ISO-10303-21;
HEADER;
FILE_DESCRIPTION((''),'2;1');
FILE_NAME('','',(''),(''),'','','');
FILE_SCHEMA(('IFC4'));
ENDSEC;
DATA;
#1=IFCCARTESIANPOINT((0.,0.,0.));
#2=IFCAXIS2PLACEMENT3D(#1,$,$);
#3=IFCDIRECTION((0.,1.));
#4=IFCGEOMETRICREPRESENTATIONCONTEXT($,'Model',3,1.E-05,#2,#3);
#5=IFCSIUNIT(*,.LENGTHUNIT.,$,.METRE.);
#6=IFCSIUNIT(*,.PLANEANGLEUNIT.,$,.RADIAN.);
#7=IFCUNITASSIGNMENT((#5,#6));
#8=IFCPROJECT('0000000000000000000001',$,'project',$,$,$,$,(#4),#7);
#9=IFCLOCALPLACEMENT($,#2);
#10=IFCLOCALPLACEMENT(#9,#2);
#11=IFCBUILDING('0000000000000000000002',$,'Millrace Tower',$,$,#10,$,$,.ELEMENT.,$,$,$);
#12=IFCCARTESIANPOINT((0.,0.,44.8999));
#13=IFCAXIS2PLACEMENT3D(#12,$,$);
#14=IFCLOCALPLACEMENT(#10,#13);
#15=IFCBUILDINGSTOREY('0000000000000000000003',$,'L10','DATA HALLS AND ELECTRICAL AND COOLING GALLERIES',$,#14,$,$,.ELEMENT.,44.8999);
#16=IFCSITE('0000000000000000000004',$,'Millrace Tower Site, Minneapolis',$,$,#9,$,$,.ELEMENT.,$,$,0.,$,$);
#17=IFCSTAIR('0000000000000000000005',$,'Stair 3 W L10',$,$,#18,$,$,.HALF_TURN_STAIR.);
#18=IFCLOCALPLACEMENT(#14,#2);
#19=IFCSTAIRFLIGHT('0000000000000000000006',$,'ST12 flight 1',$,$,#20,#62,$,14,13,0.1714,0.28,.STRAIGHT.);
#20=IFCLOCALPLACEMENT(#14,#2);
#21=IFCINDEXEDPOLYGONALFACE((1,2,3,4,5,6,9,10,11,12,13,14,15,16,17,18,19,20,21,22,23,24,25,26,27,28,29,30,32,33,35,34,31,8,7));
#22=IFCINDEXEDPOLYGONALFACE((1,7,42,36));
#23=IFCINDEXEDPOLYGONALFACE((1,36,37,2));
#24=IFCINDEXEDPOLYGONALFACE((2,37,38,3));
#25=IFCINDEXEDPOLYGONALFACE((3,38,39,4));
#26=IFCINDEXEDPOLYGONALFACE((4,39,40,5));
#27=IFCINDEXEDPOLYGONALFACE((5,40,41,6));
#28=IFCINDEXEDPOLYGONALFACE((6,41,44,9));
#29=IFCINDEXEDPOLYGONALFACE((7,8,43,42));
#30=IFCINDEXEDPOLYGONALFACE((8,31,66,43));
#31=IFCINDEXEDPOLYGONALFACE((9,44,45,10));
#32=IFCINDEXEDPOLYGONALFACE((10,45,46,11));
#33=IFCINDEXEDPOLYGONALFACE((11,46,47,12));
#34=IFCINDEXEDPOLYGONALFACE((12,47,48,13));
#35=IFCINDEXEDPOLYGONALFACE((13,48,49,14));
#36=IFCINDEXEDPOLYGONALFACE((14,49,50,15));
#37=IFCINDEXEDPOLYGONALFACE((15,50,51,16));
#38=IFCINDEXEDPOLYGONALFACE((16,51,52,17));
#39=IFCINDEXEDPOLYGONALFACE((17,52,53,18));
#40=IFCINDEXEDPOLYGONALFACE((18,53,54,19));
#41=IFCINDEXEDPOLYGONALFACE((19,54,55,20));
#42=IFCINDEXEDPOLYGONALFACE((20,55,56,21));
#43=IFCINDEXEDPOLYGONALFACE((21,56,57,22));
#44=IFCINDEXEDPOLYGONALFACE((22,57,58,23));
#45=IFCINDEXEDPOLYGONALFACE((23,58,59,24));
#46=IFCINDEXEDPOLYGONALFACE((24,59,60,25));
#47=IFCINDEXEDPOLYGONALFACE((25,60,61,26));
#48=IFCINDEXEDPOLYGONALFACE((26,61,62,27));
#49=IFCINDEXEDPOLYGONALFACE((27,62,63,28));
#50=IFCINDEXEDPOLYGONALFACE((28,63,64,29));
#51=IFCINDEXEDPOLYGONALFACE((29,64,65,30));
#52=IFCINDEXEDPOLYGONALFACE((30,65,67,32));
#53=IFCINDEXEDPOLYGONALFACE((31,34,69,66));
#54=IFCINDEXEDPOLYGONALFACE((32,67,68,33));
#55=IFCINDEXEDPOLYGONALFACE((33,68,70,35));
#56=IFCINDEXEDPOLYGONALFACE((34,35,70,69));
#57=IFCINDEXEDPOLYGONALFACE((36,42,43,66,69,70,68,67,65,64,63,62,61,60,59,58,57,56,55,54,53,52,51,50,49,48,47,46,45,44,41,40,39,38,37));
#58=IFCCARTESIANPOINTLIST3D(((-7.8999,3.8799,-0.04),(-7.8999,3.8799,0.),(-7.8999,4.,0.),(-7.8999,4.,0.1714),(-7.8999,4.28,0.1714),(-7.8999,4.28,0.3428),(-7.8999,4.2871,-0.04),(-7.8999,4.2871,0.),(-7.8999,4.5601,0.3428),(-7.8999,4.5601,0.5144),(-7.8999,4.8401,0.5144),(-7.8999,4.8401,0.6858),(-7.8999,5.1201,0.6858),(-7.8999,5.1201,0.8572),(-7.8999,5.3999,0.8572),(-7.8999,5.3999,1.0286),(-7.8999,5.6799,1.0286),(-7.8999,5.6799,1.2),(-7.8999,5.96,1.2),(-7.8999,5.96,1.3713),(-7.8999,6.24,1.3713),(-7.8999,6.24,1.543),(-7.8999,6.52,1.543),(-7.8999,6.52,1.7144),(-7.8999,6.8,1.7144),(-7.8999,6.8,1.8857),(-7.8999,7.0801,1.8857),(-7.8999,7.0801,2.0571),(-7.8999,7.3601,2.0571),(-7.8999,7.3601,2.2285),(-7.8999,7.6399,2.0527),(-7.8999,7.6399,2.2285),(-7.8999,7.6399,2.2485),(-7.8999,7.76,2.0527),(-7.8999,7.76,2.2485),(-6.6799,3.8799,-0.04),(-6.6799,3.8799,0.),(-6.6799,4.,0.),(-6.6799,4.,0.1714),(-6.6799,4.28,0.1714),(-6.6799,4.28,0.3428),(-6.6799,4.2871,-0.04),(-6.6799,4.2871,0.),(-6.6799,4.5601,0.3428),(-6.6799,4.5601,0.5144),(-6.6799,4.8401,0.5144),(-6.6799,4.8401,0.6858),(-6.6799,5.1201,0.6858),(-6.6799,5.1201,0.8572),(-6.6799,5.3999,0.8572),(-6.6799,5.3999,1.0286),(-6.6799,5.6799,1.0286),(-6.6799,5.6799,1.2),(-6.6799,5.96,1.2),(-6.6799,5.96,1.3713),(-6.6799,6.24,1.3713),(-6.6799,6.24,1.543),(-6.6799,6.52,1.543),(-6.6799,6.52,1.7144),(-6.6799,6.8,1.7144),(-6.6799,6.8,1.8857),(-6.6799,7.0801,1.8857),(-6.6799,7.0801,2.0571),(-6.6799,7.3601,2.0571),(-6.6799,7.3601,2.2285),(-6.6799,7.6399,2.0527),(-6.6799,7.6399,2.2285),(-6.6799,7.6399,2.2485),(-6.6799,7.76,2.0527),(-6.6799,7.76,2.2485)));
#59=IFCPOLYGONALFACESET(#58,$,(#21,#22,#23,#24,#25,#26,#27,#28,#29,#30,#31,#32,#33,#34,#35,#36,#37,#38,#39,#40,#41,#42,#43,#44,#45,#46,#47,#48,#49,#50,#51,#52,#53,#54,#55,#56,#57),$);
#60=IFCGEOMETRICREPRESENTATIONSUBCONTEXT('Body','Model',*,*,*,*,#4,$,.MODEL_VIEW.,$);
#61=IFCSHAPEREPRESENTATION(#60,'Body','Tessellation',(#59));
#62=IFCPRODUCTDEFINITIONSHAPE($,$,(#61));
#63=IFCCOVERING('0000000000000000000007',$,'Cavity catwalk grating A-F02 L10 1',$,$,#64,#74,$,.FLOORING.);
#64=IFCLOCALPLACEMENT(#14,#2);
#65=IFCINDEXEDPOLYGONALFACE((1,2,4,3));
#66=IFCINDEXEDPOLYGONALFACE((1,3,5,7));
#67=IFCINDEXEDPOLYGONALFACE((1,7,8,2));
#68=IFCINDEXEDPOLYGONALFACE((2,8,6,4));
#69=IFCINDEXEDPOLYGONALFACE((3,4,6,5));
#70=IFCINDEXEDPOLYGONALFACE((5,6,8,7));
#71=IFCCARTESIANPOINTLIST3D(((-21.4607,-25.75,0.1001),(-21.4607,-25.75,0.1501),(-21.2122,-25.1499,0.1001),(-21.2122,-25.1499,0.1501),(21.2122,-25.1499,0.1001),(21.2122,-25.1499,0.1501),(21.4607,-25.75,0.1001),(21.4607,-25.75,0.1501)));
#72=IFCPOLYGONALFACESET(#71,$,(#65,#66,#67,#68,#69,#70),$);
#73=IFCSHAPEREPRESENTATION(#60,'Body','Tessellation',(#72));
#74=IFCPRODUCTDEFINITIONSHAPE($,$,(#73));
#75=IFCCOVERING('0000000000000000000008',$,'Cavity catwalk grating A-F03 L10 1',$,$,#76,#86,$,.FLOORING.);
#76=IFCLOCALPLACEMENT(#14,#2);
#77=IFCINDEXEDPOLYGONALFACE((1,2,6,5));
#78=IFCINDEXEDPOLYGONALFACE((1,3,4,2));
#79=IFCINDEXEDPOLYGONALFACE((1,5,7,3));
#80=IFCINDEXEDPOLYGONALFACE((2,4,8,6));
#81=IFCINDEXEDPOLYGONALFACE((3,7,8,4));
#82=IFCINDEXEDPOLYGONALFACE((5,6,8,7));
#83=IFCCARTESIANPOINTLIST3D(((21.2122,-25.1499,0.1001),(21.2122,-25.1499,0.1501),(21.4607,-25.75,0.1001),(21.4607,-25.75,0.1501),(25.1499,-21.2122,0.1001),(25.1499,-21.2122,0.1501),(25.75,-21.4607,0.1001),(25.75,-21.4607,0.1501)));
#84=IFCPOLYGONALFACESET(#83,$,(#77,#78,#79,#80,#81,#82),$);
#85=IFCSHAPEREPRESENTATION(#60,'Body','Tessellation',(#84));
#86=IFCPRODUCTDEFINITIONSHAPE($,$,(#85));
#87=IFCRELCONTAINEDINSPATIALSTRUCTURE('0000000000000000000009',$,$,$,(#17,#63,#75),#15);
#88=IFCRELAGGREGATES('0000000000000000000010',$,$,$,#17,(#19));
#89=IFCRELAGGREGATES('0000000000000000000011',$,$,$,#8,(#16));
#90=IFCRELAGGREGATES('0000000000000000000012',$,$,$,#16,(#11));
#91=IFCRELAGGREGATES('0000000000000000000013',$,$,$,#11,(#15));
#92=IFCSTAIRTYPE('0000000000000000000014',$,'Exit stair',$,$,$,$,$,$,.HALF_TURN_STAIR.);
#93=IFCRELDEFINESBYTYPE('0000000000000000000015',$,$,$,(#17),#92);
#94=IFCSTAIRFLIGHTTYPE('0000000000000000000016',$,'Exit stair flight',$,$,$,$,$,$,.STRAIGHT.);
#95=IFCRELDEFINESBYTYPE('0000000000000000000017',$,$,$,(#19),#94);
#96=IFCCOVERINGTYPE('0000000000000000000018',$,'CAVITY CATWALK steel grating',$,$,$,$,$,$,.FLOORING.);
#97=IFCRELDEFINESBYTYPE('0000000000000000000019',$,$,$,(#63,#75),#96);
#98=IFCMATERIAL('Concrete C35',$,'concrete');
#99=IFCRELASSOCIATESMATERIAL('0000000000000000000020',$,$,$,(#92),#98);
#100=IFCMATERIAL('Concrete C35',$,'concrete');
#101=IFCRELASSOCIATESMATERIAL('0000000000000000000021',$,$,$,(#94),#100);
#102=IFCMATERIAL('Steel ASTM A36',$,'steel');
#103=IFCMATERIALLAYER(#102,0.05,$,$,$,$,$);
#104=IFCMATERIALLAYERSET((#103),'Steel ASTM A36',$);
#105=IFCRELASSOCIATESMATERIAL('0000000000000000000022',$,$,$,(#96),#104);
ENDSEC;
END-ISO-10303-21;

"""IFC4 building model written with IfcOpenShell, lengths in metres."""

from ifc_helpers import new_model, si_unit, direction, frame, origin, place, context, subcontext, project, spatial, polyline, outline, extrude, material, layer, layer_set, type_object, element, aggregate, save


model = new_model("IFC4")

# Units and contexts
model_context = context("Model", 3, precision=1e-05, world=origin(), true_north=direction((0.0, 1.0)))
body_context = subcontext(model_context, "Body", "Model", "MODEL_VIEW")
ifc_project = project(units=[si_unit("LENGTHUNIT", "METRE"), si_unit("PLANEANGLEUNIT", "RADIAN")], contexts=[model_context])

# Site, building, storey
site_placement = place(None, origin())
site = spatial("IfcSite", under=ifc_project, at=site_placement, Name="Millrace Tower Site, Minneapolis", CompositionType="ELEMENT", RefElevation=0.0)
building_placement = place(site_placement, origin())
building = spatial("IfcBuilding", under=site, at=building_placement, Name="Millrace Tower", CompositionType="ELEMENT")
storey_placement = place(building_placement, frame((0.0, 0.0, 44.8999)))
storey = spatial("IfcBuildingStorey", under=building, at=storey_placement, Name="L10", Description="DATA HALLS AND ELECTRICAL AND COOLING GALLERIES", CompositionType="ELEMENT", Elevation=44.8999)

# Shared definitions
placement_1 = place(storey_placement, origin())

# Stair, stair flight
ifc_material_1 = material(Name="Concrete C35", Category="concrete")
stair_type = type_object("IfcStairType", Name="Exit stair", PredefinedType="HALF_TURN_STAIR", material=ifc_material_1)
ifc_material_2 = material(Name="Concrete C35", Category="concrete")
stair_flight_type = type_object("IfcStairFlightType", Name="Exit stair flight", PredefinedType="STRAIGHT", material=ifc_material_2)
stair_1 = element("IfcStair", 1, at=placement_1, inside=storey, type_object=stair_type, Name="Stair 3 W L10", PredefinedType="HALF_TURN_STAIR")
stair_flight_1_placement = place(storey_placement, frame((-7.29, 4.0, 0.0), z_axis=(0.0, 0.0, 1.0), x_axis=(0.0, 1.0, 0.0)))
stair_flight_1 = element("IfcStairFlight", 2, at=stair_flight_1_placement, type_object=stair_flight_type, Name="ST12 flight 1", NumberOfRisers=14, NumberOfTreads=13, PredefinedType="STRAIGHT", RiserHeight=0.1714, TreadLength=0.28, context=body_context, shape_type="SweptSolid", body=[
    extrude(outline(polyline([(-0.1201, -0.04), (-0.1201, 0.0), (0.0, 0.0), (0.0, 0.1714), (0.28, 0.1714), (0.28, 0.3428), (0.5601, 0.3428), (0.5601, 0.5144), (0.8401, 0.5144), (0.8401, 0.6858), (1.1201, 0.6858), (1.1201, 0.8572), (1.3999, 0.8572), (1.3999, 1.0286), (1.6799, 1.0286), (1.6799, 1.2), (1.96, 1.2), (1.96, 1.3713), (2.24, 1.3713), (2.24, 1.543), (2.52, 1.543), (2.52, 1.7144), (2.8, 1.7144), (2.8, 1.8857), (3.0801, 1.8857), (3.0801, 2.0571), (3.3601, 2.0571), (3.3601, 2.2285), (3.6399, 2.2285), (3.6399, 2.2485), (3.76, 2.2485), (3.76, 2.0527), (3.6399, 2.0527), (0.2871, 0.0), (0.2871, -0.04), (-0.1201, -0.04)])), frame((0.0, 0.6099, 0.0), z_axis=(0.0, -1.0, 0.0), x_axis=(1.0, 0.0, 0.0)), (0.0, 0.0, 1.0), 1.22),
])
aggregate(stair_1, [stair_flight_1])

# Coverings
ifc_material_3 = material(Name="Steel ASTM A36", Category="steel")
ifc_layer_1 = layer(ifc_material_3, 0.05)
ifc_layer_set_1 = layer_set([ifc_layer_1], Name="Steel ASTM A36")
covering_type = type_object("IfcCoveringType", Name="CAVITY CATWALK steel grating", PredefinedType="FLOORING", material=ifc_layer_set_1)
placement_2 = place(storey_placement, frame((0.0, 0.0, 0.1001)))
element("IfcCovering", 3, at=placement_2, inside=storey, type_object=covering_type, Name="Cavity catwalk grating A-F02 L10 1", PredefinedType="FLOORING", context=body_context, shape_type="SweptSolid", body=[
    extrude(outline(polyline([(-21.4607, -25.75), (21.4607, -25.75), (21.2122, -25.1499), (-21.2122, -25.1499), (-21.4607, -25.75)])), origin(), (0.0, 0.0, 1.0), 0.05),
])
element("IfcCovering", 4, at=placement_2, inside=storey, type_object=covering_type, Name="Cavity catwalk grating A-F03 L10 1", PredefinedType="FLOORING", context=body_context, shape_type="SweptSolid", body=[
    extrude(outline(polyline([(21.4607, -25.75), (25.75, -21.4607), (25.1499, -21.2122), (21.2122, -25.1499), (21.4607, -25.75)])), origin(), (0.0, 0.0, 1.0), 0.05),
])

save(model, "model.ifc")
